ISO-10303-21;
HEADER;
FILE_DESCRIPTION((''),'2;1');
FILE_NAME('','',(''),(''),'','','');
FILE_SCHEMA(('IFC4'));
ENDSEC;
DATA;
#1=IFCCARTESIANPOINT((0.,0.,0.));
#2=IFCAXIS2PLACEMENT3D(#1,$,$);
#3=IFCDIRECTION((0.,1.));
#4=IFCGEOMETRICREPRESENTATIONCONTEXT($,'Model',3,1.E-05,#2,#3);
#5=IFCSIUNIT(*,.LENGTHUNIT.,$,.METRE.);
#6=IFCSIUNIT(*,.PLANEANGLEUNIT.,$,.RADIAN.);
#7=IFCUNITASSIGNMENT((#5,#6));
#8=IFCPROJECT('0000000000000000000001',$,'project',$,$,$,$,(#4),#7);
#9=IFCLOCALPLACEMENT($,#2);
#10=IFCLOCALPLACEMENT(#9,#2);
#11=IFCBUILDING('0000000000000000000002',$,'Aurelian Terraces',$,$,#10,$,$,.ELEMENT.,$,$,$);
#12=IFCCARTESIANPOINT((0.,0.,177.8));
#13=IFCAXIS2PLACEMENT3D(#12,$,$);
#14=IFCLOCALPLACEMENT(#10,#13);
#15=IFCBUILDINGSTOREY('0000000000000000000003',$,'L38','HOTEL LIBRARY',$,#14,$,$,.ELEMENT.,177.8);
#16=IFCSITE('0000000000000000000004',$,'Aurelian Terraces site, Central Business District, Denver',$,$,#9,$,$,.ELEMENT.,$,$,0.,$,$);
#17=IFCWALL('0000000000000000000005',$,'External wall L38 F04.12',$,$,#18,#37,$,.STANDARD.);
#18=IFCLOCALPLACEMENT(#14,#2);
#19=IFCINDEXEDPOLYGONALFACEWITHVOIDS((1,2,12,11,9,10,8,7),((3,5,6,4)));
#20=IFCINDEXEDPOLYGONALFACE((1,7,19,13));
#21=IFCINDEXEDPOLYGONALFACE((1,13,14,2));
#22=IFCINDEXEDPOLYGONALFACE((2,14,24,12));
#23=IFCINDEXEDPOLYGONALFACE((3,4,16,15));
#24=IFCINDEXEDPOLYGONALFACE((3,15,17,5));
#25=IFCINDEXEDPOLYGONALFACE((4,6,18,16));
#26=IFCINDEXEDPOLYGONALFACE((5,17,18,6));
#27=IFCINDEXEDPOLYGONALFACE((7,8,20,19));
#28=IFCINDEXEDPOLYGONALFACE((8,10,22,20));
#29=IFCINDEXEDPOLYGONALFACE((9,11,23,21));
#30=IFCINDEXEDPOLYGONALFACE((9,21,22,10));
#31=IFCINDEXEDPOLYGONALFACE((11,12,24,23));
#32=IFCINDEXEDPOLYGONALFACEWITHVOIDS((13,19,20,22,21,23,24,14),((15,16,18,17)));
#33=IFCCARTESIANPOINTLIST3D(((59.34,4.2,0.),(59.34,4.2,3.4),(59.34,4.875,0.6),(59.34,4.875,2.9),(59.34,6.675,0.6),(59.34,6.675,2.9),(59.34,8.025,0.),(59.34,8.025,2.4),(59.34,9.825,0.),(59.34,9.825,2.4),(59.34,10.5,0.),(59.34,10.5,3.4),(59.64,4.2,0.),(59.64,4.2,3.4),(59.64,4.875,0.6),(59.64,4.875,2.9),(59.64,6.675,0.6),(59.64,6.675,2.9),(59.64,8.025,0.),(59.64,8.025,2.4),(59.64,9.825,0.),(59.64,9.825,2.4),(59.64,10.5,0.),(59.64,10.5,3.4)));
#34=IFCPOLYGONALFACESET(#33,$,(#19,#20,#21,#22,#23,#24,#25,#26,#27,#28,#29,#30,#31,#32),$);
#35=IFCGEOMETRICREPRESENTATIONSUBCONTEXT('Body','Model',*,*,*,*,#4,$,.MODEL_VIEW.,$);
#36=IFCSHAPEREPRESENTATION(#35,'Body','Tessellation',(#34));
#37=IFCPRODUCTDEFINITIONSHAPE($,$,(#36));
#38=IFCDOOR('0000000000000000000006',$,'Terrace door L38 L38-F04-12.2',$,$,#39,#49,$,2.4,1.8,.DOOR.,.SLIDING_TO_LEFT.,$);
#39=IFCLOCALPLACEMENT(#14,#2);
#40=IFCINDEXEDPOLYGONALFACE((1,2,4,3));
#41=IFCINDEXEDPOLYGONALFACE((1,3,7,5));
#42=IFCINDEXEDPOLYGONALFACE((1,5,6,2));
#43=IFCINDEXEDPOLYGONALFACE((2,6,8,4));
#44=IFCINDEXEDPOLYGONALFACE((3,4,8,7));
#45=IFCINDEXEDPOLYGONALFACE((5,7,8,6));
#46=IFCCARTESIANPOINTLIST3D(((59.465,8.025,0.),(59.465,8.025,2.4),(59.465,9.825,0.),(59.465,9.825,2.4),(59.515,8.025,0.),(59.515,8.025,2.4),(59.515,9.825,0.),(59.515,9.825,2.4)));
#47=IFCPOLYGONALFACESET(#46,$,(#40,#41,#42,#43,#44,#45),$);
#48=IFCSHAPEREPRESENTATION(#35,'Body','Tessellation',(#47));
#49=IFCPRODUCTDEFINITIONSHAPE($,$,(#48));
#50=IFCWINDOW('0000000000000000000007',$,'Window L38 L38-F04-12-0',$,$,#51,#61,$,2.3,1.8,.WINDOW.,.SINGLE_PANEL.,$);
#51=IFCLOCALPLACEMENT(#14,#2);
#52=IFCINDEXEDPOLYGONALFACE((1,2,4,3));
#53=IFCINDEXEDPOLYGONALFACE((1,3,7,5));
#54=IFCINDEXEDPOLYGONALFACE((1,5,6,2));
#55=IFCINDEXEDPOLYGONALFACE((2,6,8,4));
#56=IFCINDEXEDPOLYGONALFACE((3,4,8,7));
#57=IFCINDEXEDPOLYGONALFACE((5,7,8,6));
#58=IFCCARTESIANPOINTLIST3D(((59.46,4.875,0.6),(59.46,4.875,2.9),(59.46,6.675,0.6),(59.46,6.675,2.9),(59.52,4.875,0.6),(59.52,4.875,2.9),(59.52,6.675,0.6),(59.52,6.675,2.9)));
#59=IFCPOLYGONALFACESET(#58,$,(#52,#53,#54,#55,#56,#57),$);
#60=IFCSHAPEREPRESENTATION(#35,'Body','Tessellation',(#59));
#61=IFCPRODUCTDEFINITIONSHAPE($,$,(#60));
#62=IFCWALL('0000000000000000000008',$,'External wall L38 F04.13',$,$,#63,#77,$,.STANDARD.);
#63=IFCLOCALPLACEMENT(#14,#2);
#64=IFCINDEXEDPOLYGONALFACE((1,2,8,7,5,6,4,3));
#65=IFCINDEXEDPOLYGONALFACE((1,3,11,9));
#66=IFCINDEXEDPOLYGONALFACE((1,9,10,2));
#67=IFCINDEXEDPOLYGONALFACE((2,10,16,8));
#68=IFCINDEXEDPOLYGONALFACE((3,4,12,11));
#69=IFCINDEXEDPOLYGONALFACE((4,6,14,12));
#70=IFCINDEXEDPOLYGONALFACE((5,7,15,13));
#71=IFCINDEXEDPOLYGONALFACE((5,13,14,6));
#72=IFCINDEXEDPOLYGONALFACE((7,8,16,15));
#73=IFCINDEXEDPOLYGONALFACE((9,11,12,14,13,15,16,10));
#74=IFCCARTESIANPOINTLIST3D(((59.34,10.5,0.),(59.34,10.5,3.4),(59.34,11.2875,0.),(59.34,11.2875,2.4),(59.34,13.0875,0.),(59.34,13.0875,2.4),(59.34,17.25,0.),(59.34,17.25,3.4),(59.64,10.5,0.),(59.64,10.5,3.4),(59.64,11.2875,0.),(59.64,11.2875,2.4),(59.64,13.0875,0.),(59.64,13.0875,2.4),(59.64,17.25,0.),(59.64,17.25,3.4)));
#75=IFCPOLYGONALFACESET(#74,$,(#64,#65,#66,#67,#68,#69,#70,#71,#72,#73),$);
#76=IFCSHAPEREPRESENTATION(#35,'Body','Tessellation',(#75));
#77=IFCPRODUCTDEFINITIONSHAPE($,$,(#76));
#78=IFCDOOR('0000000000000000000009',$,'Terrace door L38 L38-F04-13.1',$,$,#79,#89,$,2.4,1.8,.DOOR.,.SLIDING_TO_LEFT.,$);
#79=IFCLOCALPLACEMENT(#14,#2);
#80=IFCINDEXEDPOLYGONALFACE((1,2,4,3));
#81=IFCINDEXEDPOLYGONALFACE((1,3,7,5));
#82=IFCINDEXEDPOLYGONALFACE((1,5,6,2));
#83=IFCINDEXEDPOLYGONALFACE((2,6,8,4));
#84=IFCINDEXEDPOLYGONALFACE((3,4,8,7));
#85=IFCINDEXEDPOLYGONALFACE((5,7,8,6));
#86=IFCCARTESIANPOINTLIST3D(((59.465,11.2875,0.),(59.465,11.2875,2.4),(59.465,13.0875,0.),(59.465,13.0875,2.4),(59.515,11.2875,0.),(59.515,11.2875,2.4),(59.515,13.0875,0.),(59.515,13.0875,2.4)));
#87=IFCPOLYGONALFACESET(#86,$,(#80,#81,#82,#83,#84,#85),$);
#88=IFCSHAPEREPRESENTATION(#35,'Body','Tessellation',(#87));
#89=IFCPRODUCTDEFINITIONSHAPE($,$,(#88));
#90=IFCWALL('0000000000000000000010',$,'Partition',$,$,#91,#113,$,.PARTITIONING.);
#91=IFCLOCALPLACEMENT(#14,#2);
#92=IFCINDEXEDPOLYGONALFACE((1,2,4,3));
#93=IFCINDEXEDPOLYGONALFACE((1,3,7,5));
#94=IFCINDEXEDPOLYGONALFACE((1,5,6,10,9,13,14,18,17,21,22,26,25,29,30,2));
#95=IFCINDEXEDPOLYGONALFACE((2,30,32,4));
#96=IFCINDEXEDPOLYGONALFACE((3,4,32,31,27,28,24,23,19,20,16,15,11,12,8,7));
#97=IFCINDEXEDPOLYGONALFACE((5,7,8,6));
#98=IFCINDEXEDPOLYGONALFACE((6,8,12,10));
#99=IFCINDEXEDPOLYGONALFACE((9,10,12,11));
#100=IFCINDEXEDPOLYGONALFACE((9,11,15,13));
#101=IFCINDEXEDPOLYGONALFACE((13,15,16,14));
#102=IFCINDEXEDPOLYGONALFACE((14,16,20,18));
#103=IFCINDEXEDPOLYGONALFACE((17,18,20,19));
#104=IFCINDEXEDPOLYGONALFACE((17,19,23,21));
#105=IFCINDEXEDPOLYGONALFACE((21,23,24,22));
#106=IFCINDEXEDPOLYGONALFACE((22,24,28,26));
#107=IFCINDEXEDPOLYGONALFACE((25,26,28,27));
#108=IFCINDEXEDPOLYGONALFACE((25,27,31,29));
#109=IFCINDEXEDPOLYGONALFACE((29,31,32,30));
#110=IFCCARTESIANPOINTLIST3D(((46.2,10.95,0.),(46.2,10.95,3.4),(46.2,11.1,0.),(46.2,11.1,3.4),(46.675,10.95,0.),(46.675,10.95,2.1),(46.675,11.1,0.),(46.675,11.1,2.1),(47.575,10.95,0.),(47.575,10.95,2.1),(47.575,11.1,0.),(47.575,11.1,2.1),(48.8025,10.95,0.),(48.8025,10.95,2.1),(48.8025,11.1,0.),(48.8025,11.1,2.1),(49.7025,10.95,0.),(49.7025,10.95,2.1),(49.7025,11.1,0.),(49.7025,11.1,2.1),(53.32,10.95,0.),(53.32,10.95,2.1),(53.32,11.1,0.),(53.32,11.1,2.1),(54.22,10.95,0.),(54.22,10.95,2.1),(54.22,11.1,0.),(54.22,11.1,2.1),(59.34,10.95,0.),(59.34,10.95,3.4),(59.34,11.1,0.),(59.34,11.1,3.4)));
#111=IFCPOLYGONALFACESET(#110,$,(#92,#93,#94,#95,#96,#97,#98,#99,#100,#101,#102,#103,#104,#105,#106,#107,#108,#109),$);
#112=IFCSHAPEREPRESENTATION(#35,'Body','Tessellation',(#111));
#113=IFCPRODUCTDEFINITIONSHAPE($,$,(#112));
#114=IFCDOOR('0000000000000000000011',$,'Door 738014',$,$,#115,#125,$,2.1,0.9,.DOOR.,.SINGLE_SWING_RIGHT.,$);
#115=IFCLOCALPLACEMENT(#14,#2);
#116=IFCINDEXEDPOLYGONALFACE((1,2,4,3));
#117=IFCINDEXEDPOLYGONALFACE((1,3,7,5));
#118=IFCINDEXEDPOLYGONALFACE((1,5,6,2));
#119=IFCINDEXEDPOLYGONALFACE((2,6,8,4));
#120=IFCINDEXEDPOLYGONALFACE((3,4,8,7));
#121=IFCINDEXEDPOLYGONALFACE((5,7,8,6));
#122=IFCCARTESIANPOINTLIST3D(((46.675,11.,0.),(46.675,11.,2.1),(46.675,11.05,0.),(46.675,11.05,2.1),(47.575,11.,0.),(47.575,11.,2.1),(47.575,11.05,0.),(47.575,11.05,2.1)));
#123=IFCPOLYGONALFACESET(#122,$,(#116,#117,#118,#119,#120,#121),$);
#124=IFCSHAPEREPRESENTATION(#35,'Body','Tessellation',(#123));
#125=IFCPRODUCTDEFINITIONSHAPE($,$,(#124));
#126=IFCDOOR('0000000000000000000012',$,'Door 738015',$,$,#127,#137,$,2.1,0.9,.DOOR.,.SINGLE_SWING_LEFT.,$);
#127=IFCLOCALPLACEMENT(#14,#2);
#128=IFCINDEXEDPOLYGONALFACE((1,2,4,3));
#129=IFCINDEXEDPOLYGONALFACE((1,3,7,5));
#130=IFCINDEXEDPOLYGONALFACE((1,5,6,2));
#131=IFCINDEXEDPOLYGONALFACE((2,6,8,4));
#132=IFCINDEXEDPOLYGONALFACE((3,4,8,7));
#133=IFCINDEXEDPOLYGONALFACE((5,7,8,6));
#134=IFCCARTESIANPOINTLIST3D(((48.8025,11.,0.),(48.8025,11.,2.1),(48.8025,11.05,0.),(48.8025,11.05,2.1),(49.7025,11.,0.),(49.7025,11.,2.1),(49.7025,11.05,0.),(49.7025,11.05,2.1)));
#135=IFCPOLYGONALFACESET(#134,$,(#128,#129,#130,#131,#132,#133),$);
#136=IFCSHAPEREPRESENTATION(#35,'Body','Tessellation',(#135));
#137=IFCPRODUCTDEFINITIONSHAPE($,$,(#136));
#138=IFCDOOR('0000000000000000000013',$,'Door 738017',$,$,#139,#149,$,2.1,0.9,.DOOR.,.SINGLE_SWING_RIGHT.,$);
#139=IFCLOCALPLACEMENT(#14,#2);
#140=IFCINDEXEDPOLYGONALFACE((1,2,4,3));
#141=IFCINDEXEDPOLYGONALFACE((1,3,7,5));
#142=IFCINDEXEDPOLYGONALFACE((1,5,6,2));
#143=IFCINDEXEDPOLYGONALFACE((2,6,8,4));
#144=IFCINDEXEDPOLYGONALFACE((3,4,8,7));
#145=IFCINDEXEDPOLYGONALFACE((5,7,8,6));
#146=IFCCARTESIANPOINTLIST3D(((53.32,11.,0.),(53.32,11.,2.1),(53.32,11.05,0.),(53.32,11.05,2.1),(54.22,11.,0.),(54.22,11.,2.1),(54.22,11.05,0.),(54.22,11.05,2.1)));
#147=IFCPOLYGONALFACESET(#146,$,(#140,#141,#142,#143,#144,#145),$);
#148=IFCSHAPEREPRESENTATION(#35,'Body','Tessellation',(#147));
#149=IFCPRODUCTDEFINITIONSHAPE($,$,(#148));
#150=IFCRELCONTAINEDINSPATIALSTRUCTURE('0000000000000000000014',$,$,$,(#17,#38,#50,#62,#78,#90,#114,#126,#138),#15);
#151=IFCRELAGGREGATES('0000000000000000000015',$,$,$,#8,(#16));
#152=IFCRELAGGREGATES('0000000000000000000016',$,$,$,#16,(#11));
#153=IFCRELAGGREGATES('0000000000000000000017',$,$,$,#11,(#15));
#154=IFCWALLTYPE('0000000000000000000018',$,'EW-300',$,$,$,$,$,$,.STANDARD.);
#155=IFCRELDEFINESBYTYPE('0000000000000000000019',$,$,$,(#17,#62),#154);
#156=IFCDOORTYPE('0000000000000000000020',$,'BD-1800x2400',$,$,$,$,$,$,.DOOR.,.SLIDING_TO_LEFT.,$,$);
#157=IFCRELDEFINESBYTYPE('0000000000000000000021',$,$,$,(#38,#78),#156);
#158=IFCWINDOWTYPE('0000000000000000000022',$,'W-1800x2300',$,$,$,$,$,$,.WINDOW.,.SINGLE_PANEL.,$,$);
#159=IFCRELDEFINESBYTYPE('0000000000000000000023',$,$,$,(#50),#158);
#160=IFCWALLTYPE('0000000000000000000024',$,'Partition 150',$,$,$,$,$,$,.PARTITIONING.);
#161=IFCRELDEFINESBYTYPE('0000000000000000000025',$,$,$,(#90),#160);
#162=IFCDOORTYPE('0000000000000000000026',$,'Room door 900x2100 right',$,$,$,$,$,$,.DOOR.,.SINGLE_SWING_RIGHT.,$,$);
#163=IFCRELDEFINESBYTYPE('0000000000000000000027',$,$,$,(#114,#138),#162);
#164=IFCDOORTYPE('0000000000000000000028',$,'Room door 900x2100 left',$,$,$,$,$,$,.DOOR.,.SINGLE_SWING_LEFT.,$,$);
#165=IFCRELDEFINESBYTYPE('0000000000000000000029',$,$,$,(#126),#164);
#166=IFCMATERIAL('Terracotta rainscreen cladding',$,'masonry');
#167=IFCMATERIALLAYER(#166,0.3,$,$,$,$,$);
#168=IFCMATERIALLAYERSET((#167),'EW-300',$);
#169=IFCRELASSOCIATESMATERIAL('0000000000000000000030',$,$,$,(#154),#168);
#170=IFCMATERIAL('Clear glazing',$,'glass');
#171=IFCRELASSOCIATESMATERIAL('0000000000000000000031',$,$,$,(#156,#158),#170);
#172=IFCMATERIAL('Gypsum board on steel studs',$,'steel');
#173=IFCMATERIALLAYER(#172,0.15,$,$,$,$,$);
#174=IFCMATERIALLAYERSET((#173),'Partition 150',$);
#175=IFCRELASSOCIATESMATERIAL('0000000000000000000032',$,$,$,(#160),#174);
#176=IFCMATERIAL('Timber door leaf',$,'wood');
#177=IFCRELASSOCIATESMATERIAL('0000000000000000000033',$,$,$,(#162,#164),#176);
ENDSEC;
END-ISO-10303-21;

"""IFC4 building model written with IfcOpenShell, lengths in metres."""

from ifc_helpers import new_model, si_unit, direction, frame, frame_2d, origin, place, context, subcontext, project, spatial, rectangle, extrude, source, transform, mapped, material, layer, layer_set, type_object, element, fill, save


model = new_model("IFC4")

# Units and contexts
model_context = context("Model", 3, precision=1e-05, world=origin(), true_north=direction((0.0, 1.0)))
body_context = subcontext(model_context, "Body", "Model", "MODEL_VIEW")
ifc_project = project(units=[si_unit("LENGTHUNIT", "METRE"), si_unit("PLANEANGLEUNIT", "RADIAN")], contexts=[model_context])

# Site, building, storey
site_placement = place(None, origin())
site = spatial("IfcSite", under=ifc_project, at=site_placement, Name="Aurelian Terraces site, Central Business District, Denver", CompositionType="ELEMENT", RefElevation=0.0)
building_placement = place(site_placement, origin())
building = spatial("IfcBuilding", under=site, at=building_placement, Name="Aurelian Terraces", CompositionType="ELEMENT")
storey_placement = place(building_placement, frame((0.0, 0.0, 177.8)))
storey = spatial("IfcBuildingStorey", under=building, at=storey_placement, Name="L38", Description="HOTEL LIBRARY", CompositionType="ELEMENT", Elevation=177.8)

# Wall, openings, door, window
ifc_material_1 = material(Name="Terracotta rainscreen cladding", Category="masonry")
ifc_layer_1 = layer(ifc_material_1, 0.3)
ifc_layer_set_1 = layer_set([ifc_layer_1], Name="EW-300")
wall_type_1 = type_object("IfcWallType", Name="EW-300", PredefinedType="STANDARD", material=ifc_layer_set_1)
wall_1_placement = place(storey_placement, frame((59.49, 4.2, 0.0), z_axis=(0.0, 0.0, 1.0), x_axis=(0.0, 1.0, 0.0)))
wall_1 = element("IfcWall", 1, at=wall_1_placement, inside=storey, type_object=wall_type_1, Name="External wall L38 F04.12", PredefinedType="STANDARD", context=body_context, shape_type="SweptSolid", body=[
    extrude(rectangle(XDim=6.3, YDim=0.3, at=frame_2d((3.15, 0.0))), origin(), (0.0, 0.0, 1.0), 3.4),
])
shared_shape_1 = source(origin(), body_context, "Body", "SweptSolid", [
    extrude(rectangle(XDim=1.8, YDim=2.3, at=frame_2d((0.9, 1.15))), frame((0.0, 0.16, 0.0), z_axis=(0.0, -1.0, 0.0), x_axis=(1.0, 0.0, 0.0)), (0.0, 0.0, 1.0), 0.32),
])
opening_1_placement = place(wall_1_placement, frame((0.675, 0.0, 0.6)))
opening_1 = element("IfcOpeningElement", 2, at=opening_1_placement, cuts=wall_1, PredefinedType="OPENING", context=body_context, shape_type="MappedRepresentation", body=[
    mapped(shared_shape_1, transform((0.0, 0.0, 0.0), scale=1.0)),
])
shared_shape_2 = source(origin(), body_context, "Body", "SweptSolid", [
    extrude(rectangle(XDim=1.8, YDim=2.4, at=frame_2d((0.9, 1.2))), frame((0.0, 0.16, 0.0), z_axis=(0.0, -1.0, 0.0), x_axis=(1.0, 0.0, 0.0)), (0.0, 0.0, 1.0), 0.32),
])
opening_2_placement = place(wall_1_placement, frame((3.825, 0.0, 0.0)))
opening_2 = element("IfcOpeningElement", 3, at=opening_2_placement, cuts=wall_1, PredefinedType="OPENING", context=body_context, shape_type="MappedRepresentation", body=[
    mapped(shared_shape_2, transform((0.0, 0.0, 0.0), scale=1.0)),
])
ifc_material_2 = material(Name="Clear glazing", Category="glass")
door_type_1 = type_object("IfcDoorType", Name="BD-1800x2400", OperationType="SLIDING_TO_LEFT", PredefinedType="DOOR", material=ifc_material_2)
shared_shape_3 = source(origin(), body_context, "Body", "SweptSolid", [
    extrude(rectangle(XDim=1.8, YDim=2.4, at=frame_2d((0.9, 1.2))), frame((0.0, 0.025, 0.0), z_axis=(0.0, -1.0, 0.0), x_axis=(1.0, 0.0, 0.0)), (0.0, 0.0, 1.0), 0.05),
])
door_1_placement = place(opening_2_placement, origin())
door_1 = element("IfcDoor", 4, at=door_1_placement, inside=storey, type_object=door_type_1, Name="Terrace door L38 L38-F04-12.2", OperationType="SLIDING_TO_LEFT", OverallHeight=2.4, OverallWidth=1.8, PredefinedType="DOOR", context=body_context, shape_type="MappedRepresentation", body=[
    mapped(shared_shape_3, transform((0.0, 0.0, 0.0), scale=1.0)),
])
fill(opening_2, door_1)
window_type = type_object("IfcWindowType", Name="W-1800x2300", PartitioningType="SINGLE_PANEL", PredefinedType="WINDOW", material=ifc_material_2)
shared_shape_4 = source(origin(), body_context, "Body", "SweptSolid", [
    extrude(rectangle(XDim=1.8, YDim=2.3, at=frame_2d((0.9, 1.15))), frame((0.0, 0.03, 0.0), z_axis=(0.0, -1.0, 0.0), x_axis=(1.0, 0.0, 0.0)), (0.0, 0.0, 1.0), 0.06),
])
window_placement = place(opening_1_placement, origin())
window = element("IfcWindow", 5, at=window_placement, inside=storey, type_object=window_type, Name="Window L38 L38-F04-12-0", OverallHeight=2.3, OverallWidth=1.8, PartitioningType="SINGLE_PANEL", PredefinedType="WINDOW", context=body_context, shape_type="MappedRepresentation", body=[
    mapped(shared_shape_4, transform((0.0, 0.0, 0.0), scale=1.0)),
])
fill(opening_1, window)

# Wall, opening, door
wall_2_placement = place(storey_placement, frame((59.49, 10.5, 0.0), z_axis=(0.0, 0.0, 1.0), x_axis=(0.0, 1.0, 0.0)))
wall_2 = element("IfcWall", 6, at=wall_2_placement, inside=storey, type_object=wall_type_1, Name="External wall L38 F04.13", PredefinedType="STANDARD", context=body_context, shape_type="SweptSolid", body=[
    extrude(rectangle(XDim=6.75, YDim=0.3, at=frame_2d((3.375, 0.0))), origin(), (0.0, 0.0, 1.0), 3.4),
])
opening_3_placement = place(wall_2_placement, frame((0.7875, 0.0, 0.0)))
opening_3 = element("IfcOpeningElement", 7, at=opening_3_placement, cuts=wall_2, PredefinedType="OPENING", context=body_context, shape_type="MappedRepresentation", body=[
    mapped(shared_shape_2, transform((0.0, 0.0, 0.0), scale=1.0)),
])
door_2_placement = place(opening_3_placement, origin())
door_2 = element("IfcDoor", 8, at=door_2_placement, inside=storey, type_object=door_type_1, Name="Terrace door L38 L38-F04-13.1", OperationType="SLIDING_TO_LEFT", OverallHeight=2.4, OverallWidth=1.8, PredefinedType="DOOR", context=body_context, shape_type="MappedRepresentation", body=[
    mapped(shared_shape_3, transform((0.0, 0.0, 0.0), scale=1.0)),
])
fill(opening_3, door_2)

# Wall, openings, doors
ifc_material_3 = material(Name="Gypsum board on steel studs", Category="steel")
ifc_layer_2 = layer(ifc_material_3, 0.15)
ifc_layer_set_2 = layer_set([ifc_layer_2], Name="Partition 150")
wall_type_2 = type_object("IfcWallType", Name="Partition 150", PredefinedType="PARTITIONING", material=ifc_layer_set_2)
wall_3_placement = place(storey_placement, frame((59.34, 11.025, 0.0), z_axis=(0.0, 0.0, 1.0), x_axis=(-1.0, 0.0, 0.0)))
wall_3 = element("IfcWall", 9, at=wall_3_placement, inside=storey, type_object=wall_type_2, Name="Partition", PredefinedType="PARTITIONING", context=body_context, shape_type="SweptSolid", body=[
    extrude(rectangle(XDim=13.14, YDim=0.15, at=frame_2d((6.57, 0.0))), origin(), (0.0, 0.0, 1.0), 3.4),
])
shared_shape_5 = source(origin(), body_context, "Body", "SweptSolid", [
    extrude(rectangle(XDim=0.9, YDim=2.1, at=frame_2d((0.45, 1.05))), frame((0.0, 0.085, 0.0), z_axis=(0.0, -1.0, 0.0), x_axis=(1.0, 0.0, 0.0)), (0.0, 0.0, 1.0), 0.17),
])
opening_4_placement = place(wall_3_placement, frame((11.765, 0.0, 0.0)))
opening_4 = element("IfcOpeningElement", 10, at=opening_4_placement, cuts=wall_3, PredefinedType="OPENING", context=body_context, shape_type="MappedRepresentation", body=[
    mapped(shared_shape_5, transform((0.0, 0.0, 0.0), scale=1.0)),
])
opening_5_placement = place(wall_3_placement, frame((9.6375, 0.0, 0.0)))
opening_5 = element("IfcOpeningElement", 11, at=opening_5_placement, cuts=wall_3, PredefinedType="OPENING", context=body_context, shape_type="MappedRepresentation", body=[
    mapped(shared_shape_5, transform((0.0, 0.0, 0.0), scale=1.0)),
])
opening_6_placement = place(wall_3_placement, frame((5.12, 0.0, 0.0)))
opening_6 = element("IfcOpeningElement", 12, at=opening_6_placement, cuts=wall_3, PredefinedType="OPENING", context=body_context, shape_type="MappedRepresentation", body=[
    mapped(shared_shape_5, transform((0.0, 0.0, 0.0), scale=1.0)),
])
ifc_material_4 = material(Name="Timber door leaf", Category="wood")
door_type_2 = type_object("IfcDoorType", Name="Room door 900x2100 right", OperationType="SINGLE_SWING_RIGHT", PredefinedType="DOOR", material=ifc_material_4)
shared_shape_6 = source(origin(), body_context, "Body", "SweptSolid", [
    extrude(rectangle(XDim=0.9, YDim=2.1, at=frame_2d((0.45, 1.05))), frame((0.0, 0.025, 0.0), z_axis=(0.0, -1.0, 0.0), x_axis=(1.0, 0.0, 0.0)), (0.0, 0.0, 1.0), 0.05),
])
door_3_placement = place(opening_4_placement, origin())
door_3 = element("IfcDoor", 13, at=door_3_placement, inside=storey, type_object=door_type_2, Name="Door 738014", OperationType="SINGLE_SWING_RIGHT", OverallHeight=2.1, OverallWidth=0.9, PredefinedType="DOOR", context=body_context, shape_type="MappedRepresentation", body=[
    mapped(shared_shape_6, transform((0.0, 0.0, 0.0), scale=1.0)),
])
fill(opening_4, door_3)
door_type_3 = type_object("IfcDoorType", Name="Room door 900x2100 left", OperationType="SINGLE_SWING_LEFT", PredefinedType="DOOR", material=ifc_material_4)
door_4_placement = place(opening_5_placement, origin())
door_4 = element("IfcDoor", 14, at=door_4_placement, inside=storey, type_object=door_type_3, Name="Door 738015", OperationType="SINGLE_SWING_LEFT", OverallHeight=2.1, OverallWidth=0.9, PredefinedType="DOOR", context=body_context, shape_type="MappedRepresentation", body=[
    mapped(shared_shape_6, transform((0.0, 0.0, 0.0), scale=1.0)),
])
fill(opening_5, door_4)
door_5_placement = place(opening_6_placement, origin())
door_5 = element("IfcDoor", 15, at=door_5_placement, inside=storey, type_object=door_type_2, Name="Door 738017", OperationType="SINGLE_SWING_RIGHT", OverallHeight=2.1, OverallWidth=0.9, PredefinedType="DOOR", context=body_context, shape_type="MappedRepresentation", body=[
    mapped(shared_shape_6, transform((0.0, 0.0, 0.0), scale=1.0)),
])
fill(opening_6, door_5)

save(model, "model.ifc")
